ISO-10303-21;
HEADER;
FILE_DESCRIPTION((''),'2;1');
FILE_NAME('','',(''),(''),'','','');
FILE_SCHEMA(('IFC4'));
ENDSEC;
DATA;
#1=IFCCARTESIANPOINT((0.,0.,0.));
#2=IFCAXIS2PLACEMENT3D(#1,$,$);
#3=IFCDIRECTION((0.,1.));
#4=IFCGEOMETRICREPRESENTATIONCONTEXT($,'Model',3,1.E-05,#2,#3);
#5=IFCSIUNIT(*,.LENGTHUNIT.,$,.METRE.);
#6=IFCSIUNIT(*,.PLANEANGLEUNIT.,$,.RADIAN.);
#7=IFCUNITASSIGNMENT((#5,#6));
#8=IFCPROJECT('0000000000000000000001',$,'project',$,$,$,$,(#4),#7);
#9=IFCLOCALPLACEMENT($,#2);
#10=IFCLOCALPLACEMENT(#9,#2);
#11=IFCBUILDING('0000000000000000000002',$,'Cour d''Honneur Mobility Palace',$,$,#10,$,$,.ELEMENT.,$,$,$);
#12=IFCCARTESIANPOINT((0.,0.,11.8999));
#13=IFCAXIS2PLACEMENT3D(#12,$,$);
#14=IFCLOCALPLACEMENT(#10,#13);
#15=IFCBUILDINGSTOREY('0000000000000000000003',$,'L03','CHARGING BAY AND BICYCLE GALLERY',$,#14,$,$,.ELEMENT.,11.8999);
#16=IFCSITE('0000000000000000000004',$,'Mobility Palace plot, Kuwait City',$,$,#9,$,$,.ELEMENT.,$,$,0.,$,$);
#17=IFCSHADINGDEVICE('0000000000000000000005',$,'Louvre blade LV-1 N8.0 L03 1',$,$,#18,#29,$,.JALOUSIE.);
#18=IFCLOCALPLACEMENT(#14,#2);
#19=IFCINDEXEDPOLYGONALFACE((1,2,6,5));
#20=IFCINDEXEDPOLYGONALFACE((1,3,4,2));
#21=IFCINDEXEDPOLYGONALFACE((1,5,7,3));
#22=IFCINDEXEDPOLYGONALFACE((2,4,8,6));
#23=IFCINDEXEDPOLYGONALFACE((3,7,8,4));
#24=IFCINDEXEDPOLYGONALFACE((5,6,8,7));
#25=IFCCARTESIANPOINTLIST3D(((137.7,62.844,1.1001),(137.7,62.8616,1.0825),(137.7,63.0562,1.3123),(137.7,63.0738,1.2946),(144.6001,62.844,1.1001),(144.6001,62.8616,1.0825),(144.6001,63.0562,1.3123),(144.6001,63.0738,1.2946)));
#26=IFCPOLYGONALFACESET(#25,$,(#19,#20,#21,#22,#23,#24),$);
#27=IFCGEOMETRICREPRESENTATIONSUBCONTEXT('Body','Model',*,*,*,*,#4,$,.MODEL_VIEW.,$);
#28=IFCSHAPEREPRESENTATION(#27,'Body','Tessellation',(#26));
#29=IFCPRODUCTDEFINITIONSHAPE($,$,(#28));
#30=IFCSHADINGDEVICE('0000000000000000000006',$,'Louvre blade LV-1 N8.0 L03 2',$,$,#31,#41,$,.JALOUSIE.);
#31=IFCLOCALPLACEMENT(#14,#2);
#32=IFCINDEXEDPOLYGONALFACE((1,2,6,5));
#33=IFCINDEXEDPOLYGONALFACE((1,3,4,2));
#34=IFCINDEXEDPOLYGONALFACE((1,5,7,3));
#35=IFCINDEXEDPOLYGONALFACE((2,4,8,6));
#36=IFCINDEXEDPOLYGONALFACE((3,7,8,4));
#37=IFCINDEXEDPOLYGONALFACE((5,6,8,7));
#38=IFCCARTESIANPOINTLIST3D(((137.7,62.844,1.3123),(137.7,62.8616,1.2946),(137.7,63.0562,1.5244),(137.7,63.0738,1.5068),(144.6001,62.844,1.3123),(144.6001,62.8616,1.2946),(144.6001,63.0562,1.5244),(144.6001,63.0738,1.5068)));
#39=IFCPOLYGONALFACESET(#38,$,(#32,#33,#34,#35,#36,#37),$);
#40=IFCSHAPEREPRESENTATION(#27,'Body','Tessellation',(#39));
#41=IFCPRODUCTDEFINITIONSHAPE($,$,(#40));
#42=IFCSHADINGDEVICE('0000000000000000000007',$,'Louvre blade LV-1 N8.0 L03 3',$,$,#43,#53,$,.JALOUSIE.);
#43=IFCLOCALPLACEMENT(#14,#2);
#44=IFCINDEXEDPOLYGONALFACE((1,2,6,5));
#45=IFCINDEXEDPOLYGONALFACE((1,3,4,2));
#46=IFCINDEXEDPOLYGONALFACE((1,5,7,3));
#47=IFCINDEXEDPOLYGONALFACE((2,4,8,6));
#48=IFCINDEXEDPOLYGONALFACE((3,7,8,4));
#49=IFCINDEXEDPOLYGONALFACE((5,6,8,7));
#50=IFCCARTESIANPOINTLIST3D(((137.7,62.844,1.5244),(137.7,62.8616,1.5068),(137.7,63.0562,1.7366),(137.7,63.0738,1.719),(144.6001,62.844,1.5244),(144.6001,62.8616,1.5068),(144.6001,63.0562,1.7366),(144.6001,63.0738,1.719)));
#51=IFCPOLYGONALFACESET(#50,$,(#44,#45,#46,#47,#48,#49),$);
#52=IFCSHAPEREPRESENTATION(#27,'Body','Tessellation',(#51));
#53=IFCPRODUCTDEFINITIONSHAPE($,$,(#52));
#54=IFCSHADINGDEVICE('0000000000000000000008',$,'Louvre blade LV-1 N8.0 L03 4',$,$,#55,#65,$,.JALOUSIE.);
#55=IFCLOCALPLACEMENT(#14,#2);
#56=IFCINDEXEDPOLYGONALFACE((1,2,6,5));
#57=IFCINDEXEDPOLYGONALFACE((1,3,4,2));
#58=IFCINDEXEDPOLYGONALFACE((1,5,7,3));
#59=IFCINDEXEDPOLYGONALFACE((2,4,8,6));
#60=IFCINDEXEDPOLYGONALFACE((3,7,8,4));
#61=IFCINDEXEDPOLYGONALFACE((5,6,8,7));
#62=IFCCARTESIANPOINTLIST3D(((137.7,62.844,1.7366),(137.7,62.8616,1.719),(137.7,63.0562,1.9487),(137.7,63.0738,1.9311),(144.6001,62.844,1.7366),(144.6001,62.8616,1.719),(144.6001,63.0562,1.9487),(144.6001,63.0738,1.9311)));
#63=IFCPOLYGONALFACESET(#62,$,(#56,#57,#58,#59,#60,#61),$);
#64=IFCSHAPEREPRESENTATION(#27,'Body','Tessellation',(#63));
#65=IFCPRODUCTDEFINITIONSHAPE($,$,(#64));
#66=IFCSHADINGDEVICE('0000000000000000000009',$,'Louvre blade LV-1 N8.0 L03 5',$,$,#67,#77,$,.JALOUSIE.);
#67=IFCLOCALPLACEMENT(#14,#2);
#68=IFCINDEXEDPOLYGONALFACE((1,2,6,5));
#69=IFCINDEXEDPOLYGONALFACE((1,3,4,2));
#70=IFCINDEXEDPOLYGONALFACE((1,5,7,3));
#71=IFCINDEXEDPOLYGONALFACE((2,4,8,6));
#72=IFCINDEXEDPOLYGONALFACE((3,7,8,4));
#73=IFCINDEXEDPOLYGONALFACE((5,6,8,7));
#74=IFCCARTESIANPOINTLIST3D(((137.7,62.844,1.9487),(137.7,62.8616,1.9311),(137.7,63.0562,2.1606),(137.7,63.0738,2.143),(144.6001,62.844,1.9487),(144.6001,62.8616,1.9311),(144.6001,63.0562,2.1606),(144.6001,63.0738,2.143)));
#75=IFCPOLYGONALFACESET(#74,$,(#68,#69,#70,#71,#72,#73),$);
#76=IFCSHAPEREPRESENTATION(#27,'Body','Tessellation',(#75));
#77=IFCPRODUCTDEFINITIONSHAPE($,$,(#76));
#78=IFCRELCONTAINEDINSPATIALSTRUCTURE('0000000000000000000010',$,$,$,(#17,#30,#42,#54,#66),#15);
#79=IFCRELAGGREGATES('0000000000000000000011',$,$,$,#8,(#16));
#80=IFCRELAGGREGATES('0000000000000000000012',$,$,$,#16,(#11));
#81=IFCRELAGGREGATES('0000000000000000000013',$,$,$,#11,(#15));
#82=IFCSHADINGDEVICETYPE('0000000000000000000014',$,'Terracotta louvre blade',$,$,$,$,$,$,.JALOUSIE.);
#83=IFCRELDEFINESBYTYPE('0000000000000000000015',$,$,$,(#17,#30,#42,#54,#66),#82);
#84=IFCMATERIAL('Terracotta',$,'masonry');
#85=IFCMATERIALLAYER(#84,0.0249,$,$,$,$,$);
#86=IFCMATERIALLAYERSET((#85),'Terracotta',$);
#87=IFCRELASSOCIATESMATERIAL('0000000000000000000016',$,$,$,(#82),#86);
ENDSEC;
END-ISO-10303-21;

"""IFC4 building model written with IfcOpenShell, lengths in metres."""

from ifc_helpers import new_model, si_unit, direction, frame, origin, place, context, subcontext, project, spatial, polyline, outline, extrude, material, layer, layer_set, type_object, element, save


model = new_model("IFC4")

# Units and contexts
model_context = context("Model", 3, precision=1e-05, world=origin(), true_north=direction((0.0, 1.0)))
body_context = subcontext(model_context, "Body", "Model", "MODEL_VIEW")
ifc_project = project(units=[si_unit("LENGTHUNIT", "METRE"), si_unit("PLANEANGLEUNIT", "RADIAN")], contexts=[model_context])

# Site, building, storey
site_placement = place(None, origin())
site = spatial("IfcSite", under=ifc_project, at=site_placement, Name="Mobility Palace plot, Kuwait City", CompositionType="ELEMENT", RefElevation=0.0)
building_placement = place(site_placement, origin())
building = spatial("IfcBuilding", under=site, at=building_placement, Name="Cour d'Honneur Mobility Palace", CompositionType="ELEMENT")
storey_placement = place(building_placement, frame((0.0, 0.0, 11.8999)))
storey = spatial("IfcBuildingStorey", under=building, at=storey_placement, Name="L03", Description="CHARGING BAY AND BICYCLE GALLERY", CompositionType="ELEMENT", Elevation=11.8999)

# Shading devices
ifc_material_1 = material(Name="Terracotta", Category="masonry")
ifc_layer_1 = layer(ifc_material_1, 0.0249)
ifc_layer_set_1 = layer_set([ifc_layer_1], Name="Terracotta")
shading_device_type = type_object("IfcShadingDeviceType", Name="Terracotta louvre blade", PredefinedType="JALOUSIE", material=ifc_layer_set_1)
for number, where, z_axis, x_axis, name in (
    (1, (144.6001, 62.844, 1.1001), (0.0, -0.707107, 0.707107), (-1.0, 0.0, 0.0), "Louvre blade LV-1 N8.0 L03 1"),
    (2, (144.6001, 62.844, 1.3123), (0.0, -0.707107, 0.707107), (-1.0, 0.0, 0.0), "Louvre blade LV-1 N8.0 L03 2"),
    (3, (144.6001, 62.844, 1.5244), (0.0, -0.707107, 0.707107), (-1.0, 0.0, 0.0), "Louvre blade LV-1 N8.0 L03 3"),
    (4, (144.6001, 62.844, 1.7366), (0.0, -0.707107, 0.707107), (-1.0, 0.0, 0.0), "Louvre blade LV-1 N8.0 L03 4"),
):
    element("IfcShadingDevice", number, at=place(storey_placement, frame(where, z_axis=z_axis, x_axis=x_axis)), inside=storey, type_object=shading_device_type, Name=name, PredefinedType="JALOUSIE", context=body_context, shape_type="SweptSolid", body=[
        extrude(outline(polyline([(0.0, 0.0), (6.9001, 0.0), (6.9001, -0.3), (0.0, -0.3), (0.0, 0.0)])), origin(), (0.0, 0.0, -1.0), 0.0249),
    ])
shading_device_placement = place(storey_placement, frame((144.6001, 62.844, 1.9487), z_axis=(0.0, -0.7067, 0.707514), x_axis=(-1.0, 0.0, 0.0)))
element("IfcShadingDevice", 5, at=shading_device_placement, inside=storey, type_object=shading_device_type, Name="Louvre blade LV-1 N8.0 L03 5", PredefinedType="JALOUSIE", context=body_context, shape_type="SweptSolid", body=[
    extrude(outline(polyline([(0.0, 0.0), (6.9001, 0.0), (6.9001, -0.2999), (0.0, -0.2999), (0.0, 0.0)])), origin(), (0.0, 0.0, -1.0), 0.0249),
])

save(model, "model.ifc")
